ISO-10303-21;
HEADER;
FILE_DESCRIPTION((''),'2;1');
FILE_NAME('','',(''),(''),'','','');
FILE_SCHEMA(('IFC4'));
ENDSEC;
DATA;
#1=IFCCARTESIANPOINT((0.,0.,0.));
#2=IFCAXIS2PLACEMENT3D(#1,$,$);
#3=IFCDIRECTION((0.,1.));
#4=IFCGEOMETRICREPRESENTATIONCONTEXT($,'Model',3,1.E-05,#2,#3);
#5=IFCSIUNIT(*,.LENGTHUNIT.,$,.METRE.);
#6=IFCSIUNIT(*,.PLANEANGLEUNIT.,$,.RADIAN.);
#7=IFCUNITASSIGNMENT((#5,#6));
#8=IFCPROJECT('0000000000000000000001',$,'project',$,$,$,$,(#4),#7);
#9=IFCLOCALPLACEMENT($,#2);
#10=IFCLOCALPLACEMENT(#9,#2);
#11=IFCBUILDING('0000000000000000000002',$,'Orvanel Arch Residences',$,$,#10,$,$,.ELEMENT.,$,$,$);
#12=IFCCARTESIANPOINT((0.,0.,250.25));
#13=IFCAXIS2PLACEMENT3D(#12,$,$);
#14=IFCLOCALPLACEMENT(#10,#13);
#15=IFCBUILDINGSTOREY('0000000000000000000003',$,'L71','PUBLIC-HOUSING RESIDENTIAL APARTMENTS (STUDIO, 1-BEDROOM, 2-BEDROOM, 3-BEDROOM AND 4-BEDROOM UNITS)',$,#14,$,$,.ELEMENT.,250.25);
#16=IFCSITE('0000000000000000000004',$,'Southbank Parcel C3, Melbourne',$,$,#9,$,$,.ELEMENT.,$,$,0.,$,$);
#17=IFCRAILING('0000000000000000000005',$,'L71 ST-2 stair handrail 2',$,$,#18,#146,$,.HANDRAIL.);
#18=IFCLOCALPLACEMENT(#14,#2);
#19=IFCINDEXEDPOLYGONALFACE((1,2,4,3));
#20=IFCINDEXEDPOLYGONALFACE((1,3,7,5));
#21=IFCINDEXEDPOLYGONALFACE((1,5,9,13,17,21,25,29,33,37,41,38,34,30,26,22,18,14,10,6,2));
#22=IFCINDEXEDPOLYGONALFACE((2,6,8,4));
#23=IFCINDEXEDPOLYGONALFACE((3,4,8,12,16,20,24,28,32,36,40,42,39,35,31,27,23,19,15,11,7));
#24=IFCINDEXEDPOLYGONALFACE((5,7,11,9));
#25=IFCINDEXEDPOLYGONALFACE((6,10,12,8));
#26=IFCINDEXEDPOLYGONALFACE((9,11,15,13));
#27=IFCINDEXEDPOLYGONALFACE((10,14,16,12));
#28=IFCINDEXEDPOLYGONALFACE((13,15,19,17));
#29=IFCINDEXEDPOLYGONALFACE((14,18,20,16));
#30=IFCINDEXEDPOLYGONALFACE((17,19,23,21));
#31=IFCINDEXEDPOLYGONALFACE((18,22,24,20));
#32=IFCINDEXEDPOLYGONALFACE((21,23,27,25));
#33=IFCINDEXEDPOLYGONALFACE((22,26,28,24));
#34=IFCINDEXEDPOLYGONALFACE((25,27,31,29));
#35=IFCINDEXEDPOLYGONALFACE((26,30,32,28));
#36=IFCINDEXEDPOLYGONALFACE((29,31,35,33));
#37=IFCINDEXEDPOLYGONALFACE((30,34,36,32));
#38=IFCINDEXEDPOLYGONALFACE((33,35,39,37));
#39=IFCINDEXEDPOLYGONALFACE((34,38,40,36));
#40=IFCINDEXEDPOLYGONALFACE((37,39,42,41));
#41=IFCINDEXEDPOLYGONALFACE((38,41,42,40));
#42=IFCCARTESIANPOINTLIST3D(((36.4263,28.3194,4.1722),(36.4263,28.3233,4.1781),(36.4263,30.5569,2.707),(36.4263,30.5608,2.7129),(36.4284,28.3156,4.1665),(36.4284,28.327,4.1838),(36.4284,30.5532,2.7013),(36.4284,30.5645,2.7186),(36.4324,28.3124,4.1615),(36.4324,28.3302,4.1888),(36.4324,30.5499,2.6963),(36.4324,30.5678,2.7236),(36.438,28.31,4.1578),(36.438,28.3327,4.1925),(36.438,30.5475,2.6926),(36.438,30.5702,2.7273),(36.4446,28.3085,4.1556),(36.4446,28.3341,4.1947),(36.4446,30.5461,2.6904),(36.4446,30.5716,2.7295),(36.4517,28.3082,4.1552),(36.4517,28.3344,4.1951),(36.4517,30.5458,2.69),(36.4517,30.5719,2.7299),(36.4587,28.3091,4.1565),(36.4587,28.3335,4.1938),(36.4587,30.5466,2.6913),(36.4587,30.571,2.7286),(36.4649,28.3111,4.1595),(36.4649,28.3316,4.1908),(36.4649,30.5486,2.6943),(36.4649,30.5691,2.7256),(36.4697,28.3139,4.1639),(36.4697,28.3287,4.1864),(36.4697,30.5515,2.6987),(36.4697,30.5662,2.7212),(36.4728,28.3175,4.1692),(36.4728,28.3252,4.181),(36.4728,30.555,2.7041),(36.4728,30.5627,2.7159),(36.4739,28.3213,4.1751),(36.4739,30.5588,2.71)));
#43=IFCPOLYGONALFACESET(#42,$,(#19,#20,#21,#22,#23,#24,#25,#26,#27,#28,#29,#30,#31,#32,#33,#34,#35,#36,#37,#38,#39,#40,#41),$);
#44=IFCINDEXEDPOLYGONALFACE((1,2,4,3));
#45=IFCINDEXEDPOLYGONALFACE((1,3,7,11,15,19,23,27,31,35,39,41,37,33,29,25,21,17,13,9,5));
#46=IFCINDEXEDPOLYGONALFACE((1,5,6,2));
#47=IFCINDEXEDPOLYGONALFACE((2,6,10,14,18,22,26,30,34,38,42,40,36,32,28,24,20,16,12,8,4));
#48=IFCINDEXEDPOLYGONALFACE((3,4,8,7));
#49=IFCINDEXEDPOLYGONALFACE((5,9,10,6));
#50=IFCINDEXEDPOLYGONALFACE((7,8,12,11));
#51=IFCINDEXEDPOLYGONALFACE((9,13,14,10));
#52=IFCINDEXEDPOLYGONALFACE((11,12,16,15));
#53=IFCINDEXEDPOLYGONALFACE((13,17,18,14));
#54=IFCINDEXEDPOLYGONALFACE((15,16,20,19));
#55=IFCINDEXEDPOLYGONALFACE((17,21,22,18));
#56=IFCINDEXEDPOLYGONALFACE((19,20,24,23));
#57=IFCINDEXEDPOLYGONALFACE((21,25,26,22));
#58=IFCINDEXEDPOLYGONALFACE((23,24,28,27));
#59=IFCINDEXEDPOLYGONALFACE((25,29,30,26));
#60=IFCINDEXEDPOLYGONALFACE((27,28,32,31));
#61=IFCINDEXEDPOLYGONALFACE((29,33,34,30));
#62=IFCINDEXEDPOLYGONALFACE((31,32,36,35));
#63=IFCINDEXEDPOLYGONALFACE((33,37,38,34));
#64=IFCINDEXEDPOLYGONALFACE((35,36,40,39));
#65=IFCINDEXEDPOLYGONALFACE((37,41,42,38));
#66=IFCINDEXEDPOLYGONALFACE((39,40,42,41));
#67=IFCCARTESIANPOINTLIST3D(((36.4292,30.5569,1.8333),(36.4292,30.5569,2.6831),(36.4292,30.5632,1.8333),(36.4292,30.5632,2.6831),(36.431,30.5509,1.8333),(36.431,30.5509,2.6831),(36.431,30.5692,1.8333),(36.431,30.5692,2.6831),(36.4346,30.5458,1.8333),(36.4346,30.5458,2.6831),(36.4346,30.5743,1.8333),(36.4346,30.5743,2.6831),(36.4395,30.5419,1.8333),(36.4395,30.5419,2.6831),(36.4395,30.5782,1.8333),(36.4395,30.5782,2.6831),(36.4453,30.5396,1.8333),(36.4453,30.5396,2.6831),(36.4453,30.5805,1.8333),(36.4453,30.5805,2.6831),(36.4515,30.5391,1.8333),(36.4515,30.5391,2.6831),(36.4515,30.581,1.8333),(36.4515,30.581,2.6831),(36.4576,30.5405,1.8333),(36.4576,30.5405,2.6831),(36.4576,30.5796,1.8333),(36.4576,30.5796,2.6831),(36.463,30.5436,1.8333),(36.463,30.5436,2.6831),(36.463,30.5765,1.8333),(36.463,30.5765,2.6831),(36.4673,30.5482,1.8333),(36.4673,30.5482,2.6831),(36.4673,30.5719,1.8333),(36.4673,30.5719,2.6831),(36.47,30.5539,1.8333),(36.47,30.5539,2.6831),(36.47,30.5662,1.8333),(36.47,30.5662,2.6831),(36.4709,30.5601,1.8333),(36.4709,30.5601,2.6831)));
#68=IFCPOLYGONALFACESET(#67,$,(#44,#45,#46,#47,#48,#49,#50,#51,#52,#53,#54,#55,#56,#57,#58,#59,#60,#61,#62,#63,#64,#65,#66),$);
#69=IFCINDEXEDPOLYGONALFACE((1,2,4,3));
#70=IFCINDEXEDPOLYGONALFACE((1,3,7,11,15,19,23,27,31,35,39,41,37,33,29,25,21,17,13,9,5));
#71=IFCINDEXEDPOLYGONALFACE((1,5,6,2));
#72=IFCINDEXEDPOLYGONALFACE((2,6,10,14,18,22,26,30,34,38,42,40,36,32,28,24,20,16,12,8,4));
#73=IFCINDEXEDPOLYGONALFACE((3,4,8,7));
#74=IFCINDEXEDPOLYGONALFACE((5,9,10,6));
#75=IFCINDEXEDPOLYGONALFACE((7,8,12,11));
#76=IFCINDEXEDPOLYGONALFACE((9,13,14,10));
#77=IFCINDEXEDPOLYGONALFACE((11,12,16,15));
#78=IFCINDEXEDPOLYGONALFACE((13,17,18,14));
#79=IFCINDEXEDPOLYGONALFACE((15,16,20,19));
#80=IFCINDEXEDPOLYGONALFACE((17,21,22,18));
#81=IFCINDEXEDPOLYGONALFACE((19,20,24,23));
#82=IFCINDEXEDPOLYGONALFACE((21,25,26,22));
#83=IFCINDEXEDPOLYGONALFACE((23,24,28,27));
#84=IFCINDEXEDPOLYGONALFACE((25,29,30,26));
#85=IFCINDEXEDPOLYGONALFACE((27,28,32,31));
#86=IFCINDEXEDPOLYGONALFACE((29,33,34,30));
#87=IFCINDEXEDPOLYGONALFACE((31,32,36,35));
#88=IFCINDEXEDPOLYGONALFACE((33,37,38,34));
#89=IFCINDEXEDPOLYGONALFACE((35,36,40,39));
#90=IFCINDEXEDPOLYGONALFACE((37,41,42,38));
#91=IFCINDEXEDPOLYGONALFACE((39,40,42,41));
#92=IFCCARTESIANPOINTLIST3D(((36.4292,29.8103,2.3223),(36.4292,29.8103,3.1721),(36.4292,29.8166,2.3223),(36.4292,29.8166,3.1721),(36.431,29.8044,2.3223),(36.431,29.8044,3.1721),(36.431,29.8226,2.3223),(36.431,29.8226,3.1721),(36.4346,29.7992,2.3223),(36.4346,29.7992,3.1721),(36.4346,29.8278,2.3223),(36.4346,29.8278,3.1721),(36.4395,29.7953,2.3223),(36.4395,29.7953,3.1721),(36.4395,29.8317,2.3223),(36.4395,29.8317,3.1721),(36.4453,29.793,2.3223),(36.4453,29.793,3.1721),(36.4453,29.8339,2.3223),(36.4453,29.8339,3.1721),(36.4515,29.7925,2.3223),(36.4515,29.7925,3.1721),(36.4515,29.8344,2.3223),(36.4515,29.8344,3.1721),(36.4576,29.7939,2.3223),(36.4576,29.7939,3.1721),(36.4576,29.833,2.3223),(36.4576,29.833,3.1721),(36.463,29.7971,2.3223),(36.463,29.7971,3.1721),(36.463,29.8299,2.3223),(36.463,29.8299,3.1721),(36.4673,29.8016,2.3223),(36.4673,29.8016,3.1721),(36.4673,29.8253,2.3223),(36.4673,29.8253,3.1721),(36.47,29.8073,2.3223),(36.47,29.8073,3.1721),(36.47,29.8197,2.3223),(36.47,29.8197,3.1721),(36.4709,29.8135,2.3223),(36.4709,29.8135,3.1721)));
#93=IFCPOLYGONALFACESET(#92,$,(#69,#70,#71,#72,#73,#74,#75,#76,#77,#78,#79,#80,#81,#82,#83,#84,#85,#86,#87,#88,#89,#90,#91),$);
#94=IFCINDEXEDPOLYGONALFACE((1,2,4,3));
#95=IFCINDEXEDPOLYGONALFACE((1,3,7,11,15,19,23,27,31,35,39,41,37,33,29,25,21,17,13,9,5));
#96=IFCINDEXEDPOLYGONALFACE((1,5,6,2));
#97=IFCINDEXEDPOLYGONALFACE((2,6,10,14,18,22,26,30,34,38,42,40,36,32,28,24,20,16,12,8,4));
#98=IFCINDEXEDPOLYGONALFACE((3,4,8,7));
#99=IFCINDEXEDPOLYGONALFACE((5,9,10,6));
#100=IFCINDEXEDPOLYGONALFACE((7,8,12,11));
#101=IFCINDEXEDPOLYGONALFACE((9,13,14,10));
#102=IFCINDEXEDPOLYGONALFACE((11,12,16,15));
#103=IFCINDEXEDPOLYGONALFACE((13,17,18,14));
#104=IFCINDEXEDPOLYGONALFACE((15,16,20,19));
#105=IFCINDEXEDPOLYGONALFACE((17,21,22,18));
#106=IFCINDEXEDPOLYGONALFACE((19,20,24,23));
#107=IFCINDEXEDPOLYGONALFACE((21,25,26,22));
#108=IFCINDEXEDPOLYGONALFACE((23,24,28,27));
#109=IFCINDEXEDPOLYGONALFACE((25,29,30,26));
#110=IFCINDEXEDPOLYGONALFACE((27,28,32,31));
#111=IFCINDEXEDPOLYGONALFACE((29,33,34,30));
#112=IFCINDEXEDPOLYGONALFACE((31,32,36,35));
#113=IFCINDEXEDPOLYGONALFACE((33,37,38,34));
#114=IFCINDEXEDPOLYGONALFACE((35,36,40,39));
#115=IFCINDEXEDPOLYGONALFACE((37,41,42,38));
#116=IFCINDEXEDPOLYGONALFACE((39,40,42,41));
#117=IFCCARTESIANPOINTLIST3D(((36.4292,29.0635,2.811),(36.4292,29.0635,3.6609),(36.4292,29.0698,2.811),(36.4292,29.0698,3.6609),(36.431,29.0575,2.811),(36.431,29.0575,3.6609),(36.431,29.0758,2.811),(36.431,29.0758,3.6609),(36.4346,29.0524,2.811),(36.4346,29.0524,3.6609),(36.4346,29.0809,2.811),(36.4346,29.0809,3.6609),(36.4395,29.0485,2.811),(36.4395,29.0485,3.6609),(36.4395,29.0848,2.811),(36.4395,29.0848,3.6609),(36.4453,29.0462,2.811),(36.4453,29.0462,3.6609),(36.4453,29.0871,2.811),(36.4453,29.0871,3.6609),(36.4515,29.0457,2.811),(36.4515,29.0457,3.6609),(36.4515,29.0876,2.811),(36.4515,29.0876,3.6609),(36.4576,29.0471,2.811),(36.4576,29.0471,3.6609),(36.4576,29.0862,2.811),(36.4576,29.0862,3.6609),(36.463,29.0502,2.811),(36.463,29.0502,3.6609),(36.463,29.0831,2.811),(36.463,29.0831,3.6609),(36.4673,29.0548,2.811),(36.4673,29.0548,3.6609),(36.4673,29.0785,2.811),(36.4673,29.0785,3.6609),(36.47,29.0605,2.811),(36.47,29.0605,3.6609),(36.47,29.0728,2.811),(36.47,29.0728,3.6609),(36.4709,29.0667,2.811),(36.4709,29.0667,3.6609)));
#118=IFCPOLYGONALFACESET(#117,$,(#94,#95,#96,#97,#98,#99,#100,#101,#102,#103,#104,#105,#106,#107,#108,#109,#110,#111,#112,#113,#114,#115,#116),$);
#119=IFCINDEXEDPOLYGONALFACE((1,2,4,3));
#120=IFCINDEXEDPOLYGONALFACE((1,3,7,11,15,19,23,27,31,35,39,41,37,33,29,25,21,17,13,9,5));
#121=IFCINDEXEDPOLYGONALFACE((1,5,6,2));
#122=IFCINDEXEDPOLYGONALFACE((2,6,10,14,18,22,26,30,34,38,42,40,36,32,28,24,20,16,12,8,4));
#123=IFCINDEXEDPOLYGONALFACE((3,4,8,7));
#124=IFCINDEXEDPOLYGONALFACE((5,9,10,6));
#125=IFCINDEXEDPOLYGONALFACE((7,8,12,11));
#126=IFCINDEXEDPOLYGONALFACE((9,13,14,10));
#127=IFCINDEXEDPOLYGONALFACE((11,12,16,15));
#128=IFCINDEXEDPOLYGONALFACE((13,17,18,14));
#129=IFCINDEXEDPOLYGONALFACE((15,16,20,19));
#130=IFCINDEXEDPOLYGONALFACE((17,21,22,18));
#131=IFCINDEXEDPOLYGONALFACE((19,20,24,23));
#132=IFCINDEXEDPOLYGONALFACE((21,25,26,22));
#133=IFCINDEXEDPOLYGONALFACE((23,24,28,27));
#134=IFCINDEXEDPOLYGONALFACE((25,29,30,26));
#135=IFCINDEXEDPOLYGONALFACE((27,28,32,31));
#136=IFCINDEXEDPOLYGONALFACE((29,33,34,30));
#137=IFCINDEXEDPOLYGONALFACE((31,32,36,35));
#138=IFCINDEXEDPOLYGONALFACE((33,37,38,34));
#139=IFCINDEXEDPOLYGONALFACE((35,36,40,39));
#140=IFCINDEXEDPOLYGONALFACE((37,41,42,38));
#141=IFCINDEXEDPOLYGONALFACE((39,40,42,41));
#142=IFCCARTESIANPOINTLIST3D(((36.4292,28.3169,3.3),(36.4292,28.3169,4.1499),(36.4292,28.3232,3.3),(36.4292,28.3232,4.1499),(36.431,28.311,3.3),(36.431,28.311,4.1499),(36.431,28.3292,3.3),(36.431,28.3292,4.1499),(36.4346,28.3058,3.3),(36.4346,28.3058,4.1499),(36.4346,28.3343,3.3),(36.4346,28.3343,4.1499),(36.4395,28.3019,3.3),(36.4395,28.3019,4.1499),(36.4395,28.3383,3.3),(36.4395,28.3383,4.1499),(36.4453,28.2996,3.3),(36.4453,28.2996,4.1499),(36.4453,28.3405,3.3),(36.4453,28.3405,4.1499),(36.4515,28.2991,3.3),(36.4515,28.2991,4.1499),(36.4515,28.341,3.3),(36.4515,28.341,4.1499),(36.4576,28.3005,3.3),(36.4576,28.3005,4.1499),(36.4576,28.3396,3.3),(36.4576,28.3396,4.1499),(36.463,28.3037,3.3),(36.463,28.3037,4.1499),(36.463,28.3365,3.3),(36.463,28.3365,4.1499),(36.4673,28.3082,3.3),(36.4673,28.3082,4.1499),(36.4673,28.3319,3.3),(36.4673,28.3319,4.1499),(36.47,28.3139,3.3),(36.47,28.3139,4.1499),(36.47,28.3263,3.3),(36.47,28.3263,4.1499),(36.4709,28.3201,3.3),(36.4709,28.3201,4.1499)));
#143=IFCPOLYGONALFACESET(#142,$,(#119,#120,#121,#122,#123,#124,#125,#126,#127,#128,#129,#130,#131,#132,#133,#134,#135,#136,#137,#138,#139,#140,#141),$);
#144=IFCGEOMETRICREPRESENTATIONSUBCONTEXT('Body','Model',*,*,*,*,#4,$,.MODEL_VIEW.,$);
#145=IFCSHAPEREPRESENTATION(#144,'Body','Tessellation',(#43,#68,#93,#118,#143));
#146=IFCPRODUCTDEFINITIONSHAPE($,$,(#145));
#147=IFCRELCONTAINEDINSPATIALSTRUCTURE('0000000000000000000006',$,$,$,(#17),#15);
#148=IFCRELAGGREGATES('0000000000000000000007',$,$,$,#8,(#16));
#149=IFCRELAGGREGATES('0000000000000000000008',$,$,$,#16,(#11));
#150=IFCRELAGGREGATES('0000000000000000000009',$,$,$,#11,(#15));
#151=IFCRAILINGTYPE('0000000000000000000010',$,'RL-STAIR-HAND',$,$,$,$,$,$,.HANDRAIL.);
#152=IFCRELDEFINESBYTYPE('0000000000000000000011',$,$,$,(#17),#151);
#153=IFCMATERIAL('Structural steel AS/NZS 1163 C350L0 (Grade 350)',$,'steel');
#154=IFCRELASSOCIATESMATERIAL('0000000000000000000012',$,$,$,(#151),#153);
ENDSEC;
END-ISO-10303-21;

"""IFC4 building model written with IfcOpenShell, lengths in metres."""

from ifc_helpers import new_model, si_unit, direction, frame, origin, origin_2d, place, context, subcontext, project, spatial, circle, extrude, material, type_object, element, save


model = new_model("IFC4")

# Units and contexts
model_context = context("Model", 3, precision=1e-05, world=origin(), true_north=direction((0.0, 1.0)))
body_context = subcontext(model_context, "Body", "Model", "MODEL_VIEW")
ifc_project = project(units=[si_unit("LENGTHUNIT", "METRE"), si_unit("PLANEANGLEUNIT", "RADIAN")], contexts=[model_context])

# Site, building, storey
site_placement = place(None, origin())
site = spatial("IfcSite", under=ifc_project, at=site_placement, Name="Southbank Parcel C3, Melbourne", CompositionType="ELEMENT", RefElevation=0.0)
building_placement = place(site_placement, origin())
building = spatial("IfcBuilding", under=site, at=building_placement, Name="Orvanel Arch Residences", CompositionType="ELEMENT")
storey_placement = place(building_placement, frame((0.0, 0.0, 250.25)))
storey = spatial("IfcBuildingStorey", under=building, at=storey_placement, Name="L71", Description="PUBLIC-HOUSING RESIDENTIAL APARTMENTS (STUDIO, 1-BEDROOM, 2-BEDROOM, 3-BEDROOM AND 4-BEDROOM UNITS)", CompositionType="ELEMENT", Elevation=250.25)

# Railing
ifc_material_1 = material(Name="Structural steel AS/NZS 1163 C350L0 (Grade 350)", Category="steel")
railing_type_1 = type_object("IfcRailingType", Name="RL-STAIR-HAND", PredefinedType="HANDRAIL", material=ifc_material_1)
railing_1_placement = place(storey_placement, frame((36.45, 30.5601, 1.8333)))
element("IfcRailing", 1, at=railing_1_placement, inside=storey, type_object=railing_type_1, Name="L71 ST-2 stair handrail 2", PredefinedType="HANDRAIL", context=body_context, shape_type="SweptSolid", body=[
    extrude(circle(Radius=0.0239, at=origin_2d()), frame((0.0, -0.0012, 0.8767), z_axis=(0.0, -0.836595, 0.547822), x_axis=(1.0, 0.0, 0.0)), (0.0, 0.0, 1.0), 2.6746),
    extrude(circle(Radius=0.021, at=origin_2d()), origin(), (0.0, 0.0, 1.0), 0.8499),
    extrude(circle(Radius=0.021, at=origin_2d()), frame((0.0, -0.7466, 0.489)), (0.0, 0.0, 1.0), 0.8499),
    extrude(circle(Radius=0.021, at=origin_2d()), frame((0.0, -1.4934, 0.9778)), (0.0, 0.0, 1.0), 0.8499),
    extrude(circle(Radius=0.021, at=origin_2d()), frame((0.0, -2.24, 1.4668)), (0.0, 0.0, 1.0), 0.8499),
])

save(model, "model.ifc")
